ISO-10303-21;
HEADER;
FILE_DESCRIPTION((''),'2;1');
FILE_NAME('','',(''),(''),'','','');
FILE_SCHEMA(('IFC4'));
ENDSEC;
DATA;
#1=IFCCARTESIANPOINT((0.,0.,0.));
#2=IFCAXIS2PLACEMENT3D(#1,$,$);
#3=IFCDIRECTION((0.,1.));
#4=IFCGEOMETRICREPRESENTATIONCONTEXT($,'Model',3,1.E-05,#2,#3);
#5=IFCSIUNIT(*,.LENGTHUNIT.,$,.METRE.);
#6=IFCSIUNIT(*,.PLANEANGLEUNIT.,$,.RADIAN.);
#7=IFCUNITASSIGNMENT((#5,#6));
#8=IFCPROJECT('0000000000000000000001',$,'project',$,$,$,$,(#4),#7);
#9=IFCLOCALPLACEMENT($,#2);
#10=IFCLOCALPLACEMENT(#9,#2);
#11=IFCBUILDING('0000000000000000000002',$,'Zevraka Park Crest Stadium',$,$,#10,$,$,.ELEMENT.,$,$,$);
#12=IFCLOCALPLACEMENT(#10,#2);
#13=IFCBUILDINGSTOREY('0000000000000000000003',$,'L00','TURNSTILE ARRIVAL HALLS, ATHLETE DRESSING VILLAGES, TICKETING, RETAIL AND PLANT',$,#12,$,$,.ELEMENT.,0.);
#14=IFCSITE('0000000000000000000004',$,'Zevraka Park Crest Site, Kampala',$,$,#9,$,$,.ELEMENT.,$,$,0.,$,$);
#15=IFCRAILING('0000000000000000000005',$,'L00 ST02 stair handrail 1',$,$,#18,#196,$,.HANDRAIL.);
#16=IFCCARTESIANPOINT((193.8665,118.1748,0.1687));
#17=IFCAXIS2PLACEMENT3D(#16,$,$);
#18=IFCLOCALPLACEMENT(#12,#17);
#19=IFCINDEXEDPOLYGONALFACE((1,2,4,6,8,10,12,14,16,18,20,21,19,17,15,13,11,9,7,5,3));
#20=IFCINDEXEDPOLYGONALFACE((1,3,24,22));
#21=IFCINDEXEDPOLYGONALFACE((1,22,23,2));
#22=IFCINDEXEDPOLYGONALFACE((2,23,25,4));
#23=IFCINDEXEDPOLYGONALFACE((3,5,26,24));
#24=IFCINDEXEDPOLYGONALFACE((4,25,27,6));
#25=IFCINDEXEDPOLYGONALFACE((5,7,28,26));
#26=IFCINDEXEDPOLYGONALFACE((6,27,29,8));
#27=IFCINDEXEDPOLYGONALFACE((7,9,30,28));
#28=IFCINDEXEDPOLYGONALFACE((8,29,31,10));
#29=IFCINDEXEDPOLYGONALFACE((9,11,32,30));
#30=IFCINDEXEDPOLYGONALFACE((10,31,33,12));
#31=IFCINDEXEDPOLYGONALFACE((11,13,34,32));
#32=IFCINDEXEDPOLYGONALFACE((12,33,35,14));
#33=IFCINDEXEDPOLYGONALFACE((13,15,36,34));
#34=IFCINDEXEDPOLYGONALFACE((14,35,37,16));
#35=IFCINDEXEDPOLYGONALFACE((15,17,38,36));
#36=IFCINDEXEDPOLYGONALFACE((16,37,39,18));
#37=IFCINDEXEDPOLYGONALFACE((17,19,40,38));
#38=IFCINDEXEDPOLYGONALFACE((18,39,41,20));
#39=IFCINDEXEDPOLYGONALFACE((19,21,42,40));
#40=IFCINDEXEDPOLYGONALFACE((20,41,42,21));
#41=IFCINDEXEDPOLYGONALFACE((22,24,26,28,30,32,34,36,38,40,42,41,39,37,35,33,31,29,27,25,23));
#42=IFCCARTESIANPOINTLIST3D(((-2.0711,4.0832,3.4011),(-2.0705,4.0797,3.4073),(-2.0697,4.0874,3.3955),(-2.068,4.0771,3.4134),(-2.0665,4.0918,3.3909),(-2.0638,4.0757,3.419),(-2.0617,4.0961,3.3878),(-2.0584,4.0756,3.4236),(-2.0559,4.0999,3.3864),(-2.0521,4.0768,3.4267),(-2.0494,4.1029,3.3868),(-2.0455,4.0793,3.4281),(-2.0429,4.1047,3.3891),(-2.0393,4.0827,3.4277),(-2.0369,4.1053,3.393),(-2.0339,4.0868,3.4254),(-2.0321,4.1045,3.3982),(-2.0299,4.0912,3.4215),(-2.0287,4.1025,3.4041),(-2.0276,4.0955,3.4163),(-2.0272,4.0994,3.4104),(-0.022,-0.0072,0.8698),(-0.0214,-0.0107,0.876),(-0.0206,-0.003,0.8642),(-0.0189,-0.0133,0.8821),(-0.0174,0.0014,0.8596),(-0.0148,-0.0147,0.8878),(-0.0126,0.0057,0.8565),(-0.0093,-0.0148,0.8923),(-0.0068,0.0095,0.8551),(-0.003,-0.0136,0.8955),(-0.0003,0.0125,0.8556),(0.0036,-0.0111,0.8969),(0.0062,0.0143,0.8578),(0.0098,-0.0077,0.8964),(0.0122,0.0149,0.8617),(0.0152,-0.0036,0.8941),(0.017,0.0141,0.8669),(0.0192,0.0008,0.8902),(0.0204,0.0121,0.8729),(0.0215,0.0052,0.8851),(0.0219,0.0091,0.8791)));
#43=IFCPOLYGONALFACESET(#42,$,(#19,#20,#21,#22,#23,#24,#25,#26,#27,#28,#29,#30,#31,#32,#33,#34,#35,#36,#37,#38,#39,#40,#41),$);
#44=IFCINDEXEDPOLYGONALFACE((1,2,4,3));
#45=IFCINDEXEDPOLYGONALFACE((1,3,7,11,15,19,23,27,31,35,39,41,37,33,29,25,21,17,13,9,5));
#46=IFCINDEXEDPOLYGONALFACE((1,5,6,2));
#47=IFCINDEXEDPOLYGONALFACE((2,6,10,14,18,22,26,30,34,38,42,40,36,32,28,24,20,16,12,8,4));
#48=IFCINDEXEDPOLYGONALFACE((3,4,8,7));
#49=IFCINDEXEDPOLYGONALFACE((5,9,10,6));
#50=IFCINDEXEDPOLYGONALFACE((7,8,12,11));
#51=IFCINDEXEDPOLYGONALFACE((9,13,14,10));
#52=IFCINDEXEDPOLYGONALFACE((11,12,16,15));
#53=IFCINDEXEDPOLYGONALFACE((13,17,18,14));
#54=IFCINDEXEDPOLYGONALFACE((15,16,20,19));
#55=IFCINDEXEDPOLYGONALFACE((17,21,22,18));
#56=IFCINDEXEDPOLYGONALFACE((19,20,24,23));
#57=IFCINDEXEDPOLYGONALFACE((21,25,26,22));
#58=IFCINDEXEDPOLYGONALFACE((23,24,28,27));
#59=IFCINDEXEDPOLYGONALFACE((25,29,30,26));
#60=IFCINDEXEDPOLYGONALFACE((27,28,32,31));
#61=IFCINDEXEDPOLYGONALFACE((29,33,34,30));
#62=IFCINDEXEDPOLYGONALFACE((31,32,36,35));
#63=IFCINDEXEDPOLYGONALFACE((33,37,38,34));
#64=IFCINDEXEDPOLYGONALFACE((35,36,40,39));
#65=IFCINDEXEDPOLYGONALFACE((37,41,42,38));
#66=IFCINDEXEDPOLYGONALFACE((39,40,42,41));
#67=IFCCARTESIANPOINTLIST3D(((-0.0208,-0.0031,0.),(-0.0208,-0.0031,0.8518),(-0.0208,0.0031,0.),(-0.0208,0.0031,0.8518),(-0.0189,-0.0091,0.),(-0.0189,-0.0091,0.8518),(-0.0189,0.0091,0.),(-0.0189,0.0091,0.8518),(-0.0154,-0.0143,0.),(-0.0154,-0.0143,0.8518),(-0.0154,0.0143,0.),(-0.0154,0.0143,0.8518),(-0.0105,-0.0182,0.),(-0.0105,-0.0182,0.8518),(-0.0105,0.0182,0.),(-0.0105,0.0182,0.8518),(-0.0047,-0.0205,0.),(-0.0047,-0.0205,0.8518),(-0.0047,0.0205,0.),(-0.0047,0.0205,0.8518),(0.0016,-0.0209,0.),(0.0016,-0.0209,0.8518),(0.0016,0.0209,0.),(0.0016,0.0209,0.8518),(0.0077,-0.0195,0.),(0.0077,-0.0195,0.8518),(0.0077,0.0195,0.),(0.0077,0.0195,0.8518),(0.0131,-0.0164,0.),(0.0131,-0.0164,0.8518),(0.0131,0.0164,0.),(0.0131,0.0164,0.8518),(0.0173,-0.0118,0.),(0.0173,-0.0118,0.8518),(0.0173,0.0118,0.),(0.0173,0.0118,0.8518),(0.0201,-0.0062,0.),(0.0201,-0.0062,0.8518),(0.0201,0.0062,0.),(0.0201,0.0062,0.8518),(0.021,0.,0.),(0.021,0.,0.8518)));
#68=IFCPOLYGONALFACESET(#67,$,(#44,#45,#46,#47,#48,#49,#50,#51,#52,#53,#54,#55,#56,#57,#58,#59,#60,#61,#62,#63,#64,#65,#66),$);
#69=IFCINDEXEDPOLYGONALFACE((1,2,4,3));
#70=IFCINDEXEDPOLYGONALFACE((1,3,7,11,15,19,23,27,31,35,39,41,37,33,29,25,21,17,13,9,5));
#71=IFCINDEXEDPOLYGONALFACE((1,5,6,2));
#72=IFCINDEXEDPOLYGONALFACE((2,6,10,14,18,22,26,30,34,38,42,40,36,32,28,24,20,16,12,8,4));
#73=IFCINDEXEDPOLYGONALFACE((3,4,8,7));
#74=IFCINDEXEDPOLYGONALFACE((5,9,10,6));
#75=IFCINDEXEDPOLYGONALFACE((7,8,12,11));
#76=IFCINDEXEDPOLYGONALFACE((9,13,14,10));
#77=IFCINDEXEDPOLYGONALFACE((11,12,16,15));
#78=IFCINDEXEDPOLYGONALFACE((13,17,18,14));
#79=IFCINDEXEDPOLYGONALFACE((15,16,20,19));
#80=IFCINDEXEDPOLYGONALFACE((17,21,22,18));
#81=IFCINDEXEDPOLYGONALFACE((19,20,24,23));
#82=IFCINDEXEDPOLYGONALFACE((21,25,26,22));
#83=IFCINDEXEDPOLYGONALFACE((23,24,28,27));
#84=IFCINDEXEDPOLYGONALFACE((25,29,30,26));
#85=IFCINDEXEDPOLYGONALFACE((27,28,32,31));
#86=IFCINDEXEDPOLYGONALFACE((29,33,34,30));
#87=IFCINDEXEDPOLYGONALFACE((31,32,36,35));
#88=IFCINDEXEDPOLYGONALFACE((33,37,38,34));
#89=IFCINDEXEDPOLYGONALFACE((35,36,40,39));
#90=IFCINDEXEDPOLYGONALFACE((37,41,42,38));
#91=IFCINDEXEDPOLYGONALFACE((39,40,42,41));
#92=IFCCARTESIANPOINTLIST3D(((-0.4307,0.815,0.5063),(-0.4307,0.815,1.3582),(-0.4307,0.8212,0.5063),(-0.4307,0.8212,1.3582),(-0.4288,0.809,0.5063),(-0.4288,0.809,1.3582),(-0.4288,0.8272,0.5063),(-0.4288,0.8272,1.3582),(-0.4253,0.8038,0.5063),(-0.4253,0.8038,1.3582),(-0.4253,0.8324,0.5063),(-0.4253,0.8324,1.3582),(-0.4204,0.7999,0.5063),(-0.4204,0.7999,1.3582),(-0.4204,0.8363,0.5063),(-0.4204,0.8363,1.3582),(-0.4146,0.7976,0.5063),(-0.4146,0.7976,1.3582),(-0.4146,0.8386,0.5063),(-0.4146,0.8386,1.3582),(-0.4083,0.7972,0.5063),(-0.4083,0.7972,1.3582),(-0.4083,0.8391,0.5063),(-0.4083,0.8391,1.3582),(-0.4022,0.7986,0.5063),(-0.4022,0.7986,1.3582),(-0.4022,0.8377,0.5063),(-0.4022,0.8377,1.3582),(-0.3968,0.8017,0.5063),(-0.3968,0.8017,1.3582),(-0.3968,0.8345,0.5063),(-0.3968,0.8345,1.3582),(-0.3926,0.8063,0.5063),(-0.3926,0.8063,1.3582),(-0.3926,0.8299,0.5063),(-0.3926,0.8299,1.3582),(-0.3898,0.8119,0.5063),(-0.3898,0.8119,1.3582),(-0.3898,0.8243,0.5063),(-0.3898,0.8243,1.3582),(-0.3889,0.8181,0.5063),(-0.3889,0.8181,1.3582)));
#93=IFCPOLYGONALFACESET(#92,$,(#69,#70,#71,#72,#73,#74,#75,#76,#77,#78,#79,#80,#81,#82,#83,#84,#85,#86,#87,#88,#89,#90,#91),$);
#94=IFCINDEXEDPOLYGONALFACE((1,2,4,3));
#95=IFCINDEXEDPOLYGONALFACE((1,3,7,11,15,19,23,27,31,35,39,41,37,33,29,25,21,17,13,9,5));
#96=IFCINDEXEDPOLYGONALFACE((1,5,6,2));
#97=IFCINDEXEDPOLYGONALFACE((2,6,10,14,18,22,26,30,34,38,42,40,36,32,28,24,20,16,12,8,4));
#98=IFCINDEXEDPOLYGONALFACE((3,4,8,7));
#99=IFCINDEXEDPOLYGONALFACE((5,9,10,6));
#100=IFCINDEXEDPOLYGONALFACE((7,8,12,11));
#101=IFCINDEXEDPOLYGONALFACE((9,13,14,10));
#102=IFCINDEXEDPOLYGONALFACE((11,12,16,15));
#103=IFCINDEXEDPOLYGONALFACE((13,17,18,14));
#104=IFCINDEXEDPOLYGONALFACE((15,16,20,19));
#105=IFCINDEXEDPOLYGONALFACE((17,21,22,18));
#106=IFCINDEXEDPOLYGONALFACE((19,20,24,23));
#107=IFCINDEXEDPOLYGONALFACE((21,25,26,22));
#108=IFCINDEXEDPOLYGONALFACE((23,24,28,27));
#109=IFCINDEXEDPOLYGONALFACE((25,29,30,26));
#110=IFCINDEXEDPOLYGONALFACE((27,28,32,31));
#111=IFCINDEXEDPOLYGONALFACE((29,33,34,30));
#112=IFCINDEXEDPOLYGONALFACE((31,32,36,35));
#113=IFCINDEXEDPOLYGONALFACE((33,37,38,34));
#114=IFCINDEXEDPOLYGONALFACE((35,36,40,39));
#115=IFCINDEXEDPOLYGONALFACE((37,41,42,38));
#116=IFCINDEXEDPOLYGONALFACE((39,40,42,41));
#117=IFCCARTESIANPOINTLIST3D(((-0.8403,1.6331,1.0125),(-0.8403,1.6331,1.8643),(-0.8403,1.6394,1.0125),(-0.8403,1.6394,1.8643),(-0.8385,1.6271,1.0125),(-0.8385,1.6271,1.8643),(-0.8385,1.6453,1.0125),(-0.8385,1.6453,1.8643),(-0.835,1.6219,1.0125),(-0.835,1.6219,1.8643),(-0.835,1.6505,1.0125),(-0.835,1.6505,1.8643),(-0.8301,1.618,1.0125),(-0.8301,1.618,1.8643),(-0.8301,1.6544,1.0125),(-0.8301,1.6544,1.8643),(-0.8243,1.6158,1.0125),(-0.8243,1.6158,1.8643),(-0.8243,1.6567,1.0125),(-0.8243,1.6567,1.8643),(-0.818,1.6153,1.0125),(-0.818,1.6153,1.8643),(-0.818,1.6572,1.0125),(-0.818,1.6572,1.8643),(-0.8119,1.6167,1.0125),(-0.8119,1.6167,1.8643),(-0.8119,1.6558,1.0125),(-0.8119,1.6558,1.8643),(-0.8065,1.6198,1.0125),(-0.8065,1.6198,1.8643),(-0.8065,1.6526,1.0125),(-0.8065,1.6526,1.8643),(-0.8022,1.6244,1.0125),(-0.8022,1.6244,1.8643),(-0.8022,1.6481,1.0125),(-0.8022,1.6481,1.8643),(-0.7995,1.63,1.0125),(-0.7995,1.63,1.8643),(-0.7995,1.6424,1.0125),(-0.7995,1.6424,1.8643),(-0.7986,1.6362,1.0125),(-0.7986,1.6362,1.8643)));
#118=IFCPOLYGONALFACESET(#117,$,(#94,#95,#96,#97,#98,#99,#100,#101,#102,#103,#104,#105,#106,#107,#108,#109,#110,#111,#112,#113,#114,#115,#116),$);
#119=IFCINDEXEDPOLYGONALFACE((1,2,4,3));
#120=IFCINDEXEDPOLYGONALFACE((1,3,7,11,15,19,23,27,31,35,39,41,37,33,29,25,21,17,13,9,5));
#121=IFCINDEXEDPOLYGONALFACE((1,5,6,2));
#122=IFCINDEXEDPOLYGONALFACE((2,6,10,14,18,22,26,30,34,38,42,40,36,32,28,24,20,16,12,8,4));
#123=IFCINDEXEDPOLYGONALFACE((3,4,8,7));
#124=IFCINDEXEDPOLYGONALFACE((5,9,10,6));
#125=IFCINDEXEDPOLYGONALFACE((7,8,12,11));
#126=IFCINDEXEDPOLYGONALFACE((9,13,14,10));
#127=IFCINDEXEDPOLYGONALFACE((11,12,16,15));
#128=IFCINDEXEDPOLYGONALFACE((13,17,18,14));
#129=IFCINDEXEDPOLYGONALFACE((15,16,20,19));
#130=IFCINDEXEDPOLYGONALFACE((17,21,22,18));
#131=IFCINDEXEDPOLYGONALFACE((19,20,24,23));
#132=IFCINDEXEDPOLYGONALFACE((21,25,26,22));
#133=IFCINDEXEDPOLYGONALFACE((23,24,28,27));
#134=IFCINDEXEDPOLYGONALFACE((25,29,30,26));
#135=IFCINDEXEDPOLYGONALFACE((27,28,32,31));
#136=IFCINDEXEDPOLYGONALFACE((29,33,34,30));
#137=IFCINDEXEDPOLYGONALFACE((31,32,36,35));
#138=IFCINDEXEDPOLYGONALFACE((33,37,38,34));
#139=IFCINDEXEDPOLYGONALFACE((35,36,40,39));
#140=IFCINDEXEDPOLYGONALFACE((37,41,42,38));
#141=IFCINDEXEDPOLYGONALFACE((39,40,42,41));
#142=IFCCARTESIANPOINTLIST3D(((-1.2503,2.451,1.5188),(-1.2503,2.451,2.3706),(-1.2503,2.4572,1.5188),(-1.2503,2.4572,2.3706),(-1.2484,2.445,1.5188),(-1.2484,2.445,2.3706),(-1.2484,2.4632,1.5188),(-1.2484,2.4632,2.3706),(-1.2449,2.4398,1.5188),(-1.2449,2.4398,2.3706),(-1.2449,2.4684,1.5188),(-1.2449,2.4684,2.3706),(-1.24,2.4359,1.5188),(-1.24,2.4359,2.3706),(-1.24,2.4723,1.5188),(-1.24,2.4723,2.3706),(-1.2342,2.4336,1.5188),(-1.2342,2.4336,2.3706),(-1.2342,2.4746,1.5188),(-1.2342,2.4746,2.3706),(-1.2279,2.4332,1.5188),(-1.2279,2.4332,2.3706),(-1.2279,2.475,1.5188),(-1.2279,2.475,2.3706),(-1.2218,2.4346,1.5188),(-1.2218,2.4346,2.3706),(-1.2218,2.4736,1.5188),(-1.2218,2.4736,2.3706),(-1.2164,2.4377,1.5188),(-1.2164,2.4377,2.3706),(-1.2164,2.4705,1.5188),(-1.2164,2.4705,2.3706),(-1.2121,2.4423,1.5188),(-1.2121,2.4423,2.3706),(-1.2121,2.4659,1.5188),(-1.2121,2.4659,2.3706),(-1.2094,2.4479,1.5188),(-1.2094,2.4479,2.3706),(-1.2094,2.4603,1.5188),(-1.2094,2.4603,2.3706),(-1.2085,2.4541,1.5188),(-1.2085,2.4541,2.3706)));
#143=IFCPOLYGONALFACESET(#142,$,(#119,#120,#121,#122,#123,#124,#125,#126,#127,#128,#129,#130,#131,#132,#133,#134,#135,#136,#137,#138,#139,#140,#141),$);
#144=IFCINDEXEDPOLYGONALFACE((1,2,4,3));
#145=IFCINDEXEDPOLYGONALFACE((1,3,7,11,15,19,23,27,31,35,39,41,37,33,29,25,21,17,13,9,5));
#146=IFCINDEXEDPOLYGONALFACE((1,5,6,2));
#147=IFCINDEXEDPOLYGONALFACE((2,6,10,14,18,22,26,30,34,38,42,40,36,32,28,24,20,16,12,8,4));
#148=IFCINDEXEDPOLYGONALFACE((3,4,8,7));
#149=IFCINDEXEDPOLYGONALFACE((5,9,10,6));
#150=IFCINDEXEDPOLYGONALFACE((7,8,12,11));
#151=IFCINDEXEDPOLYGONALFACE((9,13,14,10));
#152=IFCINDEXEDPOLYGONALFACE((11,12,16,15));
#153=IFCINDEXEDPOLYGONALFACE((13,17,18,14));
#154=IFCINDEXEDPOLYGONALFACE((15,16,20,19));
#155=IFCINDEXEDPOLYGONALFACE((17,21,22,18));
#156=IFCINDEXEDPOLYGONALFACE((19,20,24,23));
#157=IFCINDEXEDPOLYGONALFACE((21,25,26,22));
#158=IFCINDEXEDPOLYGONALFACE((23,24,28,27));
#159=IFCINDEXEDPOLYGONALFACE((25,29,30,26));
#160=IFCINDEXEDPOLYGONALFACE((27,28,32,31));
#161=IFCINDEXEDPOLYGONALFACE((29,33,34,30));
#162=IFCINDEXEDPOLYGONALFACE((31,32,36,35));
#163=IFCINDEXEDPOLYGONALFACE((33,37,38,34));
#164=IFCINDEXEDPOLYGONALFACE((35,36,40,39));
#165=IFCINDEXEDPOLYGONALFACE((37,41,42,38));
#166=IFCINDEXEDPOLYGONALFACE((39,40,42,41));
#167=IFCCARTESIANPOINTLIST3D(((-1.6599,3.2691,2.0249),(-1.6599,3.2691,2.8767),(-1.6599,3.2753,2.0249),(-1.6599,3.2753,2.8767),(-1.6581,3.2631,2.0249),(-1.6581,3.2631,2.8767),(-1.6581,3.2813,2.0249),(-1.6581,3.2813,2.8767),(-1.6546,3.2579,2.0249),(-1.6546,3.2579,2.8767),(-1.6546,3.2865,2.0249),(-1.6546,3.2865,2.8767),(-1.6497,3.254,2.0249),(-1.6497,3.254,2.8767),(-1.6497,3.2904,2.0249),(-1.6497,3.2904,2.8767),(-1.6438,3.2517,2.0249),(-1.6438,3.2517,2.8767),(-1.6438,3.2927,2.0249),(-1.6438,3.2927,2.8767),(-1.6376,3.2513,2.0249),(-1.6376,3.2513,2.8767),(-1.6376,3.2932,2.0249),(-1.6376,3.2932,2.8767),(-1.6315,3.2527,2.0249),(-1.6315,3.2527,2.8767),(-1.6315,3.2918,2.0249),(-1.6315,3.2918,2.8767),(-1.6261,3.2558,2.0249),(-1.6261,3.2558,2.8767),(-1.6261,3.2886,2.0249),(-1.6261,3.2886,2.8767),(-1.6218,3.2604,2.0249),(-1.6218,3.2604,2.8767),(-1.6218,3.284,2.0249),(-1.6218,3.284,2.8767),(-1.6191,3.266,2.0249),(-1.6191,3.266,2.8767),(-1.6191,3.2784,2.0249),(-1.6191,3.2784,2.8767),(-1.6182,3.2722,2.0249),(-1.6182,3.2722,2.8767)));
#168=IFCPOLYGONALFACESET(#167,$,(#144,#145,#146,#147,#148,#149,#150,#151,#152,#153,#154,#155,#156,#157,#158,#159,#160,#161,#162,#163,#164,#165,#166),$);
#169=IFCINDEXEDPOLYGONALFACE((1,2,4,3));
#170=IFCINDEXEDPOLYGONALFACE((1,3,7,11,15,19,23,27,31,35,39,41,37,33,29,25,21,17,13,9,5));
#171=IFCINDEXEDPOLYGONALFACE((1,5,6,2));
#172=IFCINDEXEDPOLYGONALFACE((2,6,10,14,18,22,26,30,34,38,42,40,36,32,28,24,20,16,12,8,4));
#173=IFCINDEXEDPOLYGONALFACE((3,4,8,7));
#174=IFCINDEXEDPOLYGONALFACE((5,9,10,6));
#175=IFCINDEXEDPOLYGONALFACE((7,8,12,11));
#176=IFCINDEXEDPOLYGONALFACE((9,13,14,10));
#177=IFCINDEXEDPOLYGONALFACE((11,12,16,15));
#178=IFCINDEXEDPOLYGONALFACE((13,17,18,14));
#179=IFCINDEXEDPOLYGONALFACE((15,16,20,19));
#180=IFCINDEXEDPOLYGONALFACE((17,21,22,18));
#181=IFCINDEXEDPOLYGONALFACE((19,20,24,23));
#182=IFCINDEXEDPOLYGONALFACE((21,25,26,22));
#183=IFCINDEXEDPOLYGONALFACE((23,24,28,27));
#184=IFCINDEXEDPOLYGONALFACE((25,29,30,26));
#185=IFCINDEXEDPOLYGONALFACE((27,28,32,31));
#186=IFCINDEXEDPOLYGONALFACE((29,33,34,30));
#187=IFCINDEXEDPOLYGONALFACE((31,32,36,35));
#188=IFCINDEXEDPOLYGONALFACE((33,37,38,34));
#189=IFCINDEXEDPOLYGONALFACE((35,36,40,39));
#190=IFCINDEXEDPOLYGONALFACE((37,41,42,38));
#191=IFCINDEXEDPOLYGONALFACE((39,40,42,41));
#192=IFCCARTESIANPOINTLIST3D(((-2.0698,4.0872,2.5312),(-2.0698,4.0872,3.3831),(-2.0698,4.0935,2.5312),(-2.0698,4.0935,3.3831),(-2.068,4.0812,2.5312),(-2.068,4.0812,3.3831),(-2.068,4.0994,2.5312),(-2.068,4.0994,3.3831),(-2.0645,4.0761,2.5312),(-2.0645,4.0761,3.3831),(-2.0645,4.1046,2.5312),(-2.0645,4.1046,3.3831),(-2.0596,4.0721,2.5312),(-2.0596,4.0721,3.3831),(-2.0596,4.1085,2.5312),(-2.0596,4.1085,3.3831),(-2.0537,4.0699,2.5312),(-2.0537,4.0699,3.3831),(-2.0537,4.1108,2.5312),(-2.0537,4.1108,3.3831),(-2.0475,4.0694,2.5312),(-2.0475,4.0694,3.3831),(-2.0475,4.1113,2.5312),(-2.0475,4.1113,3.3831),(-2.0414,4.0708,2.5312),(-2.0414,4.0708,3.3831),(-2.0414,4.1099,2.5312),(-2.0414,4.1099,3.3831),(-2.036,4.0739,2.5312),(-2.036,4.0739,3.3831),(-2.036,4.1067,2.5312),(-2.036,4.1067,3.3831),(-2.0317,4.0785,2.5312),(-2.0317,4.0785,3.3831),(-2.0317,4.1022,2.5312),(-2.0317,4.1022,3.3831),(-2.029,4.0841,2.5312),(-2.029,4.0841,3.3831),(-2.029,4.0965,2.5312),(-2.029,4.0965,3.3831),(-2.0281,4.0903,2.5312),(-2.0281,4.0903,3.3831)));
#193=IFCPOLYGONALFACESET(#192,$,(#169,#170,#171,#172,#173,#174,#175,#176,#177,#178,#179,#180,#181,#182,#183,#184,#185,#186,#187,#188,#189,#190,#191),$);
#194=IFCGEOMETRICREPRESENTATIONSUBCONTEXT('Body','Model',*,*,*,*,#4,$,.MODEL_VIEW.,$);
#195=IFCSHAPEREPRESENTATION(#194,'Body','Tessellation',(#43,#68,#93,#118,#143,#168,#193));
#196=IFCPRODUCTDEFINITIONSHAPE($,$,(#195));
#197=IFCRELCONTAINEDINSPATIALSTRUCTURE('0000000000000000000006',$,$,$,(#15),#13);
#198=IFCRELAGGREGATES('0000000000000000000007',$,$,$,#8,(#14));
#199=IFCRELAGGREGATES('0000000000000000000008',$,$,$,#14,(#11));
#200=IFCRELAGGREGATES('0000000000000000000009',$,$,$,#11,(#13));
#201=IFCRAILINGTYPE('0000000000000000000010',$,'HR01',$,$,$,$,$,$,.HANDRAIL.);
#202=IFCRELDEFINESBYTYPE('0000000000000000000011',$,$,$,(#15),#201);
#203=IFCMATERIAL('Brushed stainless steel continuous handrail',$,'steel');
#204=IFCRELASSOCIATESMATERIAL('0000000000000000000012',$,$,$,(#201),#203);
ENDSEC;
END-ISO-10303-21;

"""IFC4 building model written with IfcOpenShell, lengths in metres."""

from ifc_helpers import new_model, si_unit, direction, frame, origin, origin_2d, place, context, subcontext, project, spatial, circle, extrude, material, type_object, element, save


model = new_model("IFC4")

# Units and contexts
model_context = context("Model", 3, precision=1e-05, world=origin(), true_north=direction((0.0, 1.0)))
body_context = subcontext(model_context, "Body", "Model", "MODEL_VIEW")
ifc_project = project(units=[si_unit("LENGTHUNIT", "METRE"), si_unit("PLANEANGLEUNIT", "RADIAN")], contexts=[model_context])

# Site, building, storey
site_placement = place(None, origin())
site = spatial("IfcSite", under=ifc_project, at=site_placement, Name="Zevraka Park Crest Site, Kampala", CompositionType="ELEMENT", RefElevation=0.0)
building_placement = place(site_placement, origin())
building = spatial("IfcBuilding", under=site, at=building_placement, Name="Zevraka Park Crest Stadium", CompositionType="ELEMENT")
storey_placement = place(building_placement, origin())
storey = spatial("IfcBuildingStorey", under=building, at=storey_placement, Name="L00", Description="TURNSTILE ARRIVAL HALLS, ATHLETE DRESSING VILLAGES, TICKETING, RETAIL AND PLANT", CompositionType="ELEMENT", Elevation=0.0)

# Railing
ifc_material_1 = material(Name="Brushed stainless steel continuous handrail", Category="steel")
railing_type_1 = type_object("IfcRailingType", Name="HR01", PredefinedType="HANDRAIL", material=ifc_material_1)
railing_1_placement = place(storey_placement, frame((193.8665, 118.1748, 0.1687)))
element("IfcRailing", 1, at=railing_1_placement, inside=storey, type_object=railing_type_1, Name="L00 ST02 stair handrail 1", PredefinedType="HANDRAIL", context=body_context, shape_type="SweptSolid", body=[
    extrude(circle(Radius=0.0239, at=origin_2d()), frame((0.0, 0.0, 0.876), z_axis=(-0.391908, 0.782321, 0.48413), x_axis=(-0.894085, -0.447897, 0.0)), (0.0, 0.0, 1.0), 5.2285),
    extrude(circle(Radius=0.021, at=origin_2d()), origin(), (0.0, 0.0, 1.0), 0.8518),
    extrude(circle(Radius=0.021, at=origin_2d()), frame((-0.4099, 0.8181, 0.5063)), (0.0, 0.0, 1.0), 0.8518),
    extrude(circle(Radius=0.021, at=origin_2d()), frame((-0.8196, 1.6362, 1.0125)), (0.0, 0.0, 1.0), 0.8518),
    extrude(circle(Radius=0.021, at=origin_2d()), frame((-1.2295, 2.4541, 1.5188)), (0.0, 0.0, 1.0), 0.8518),
    extrude(circle(Radius=0.021, at=origin_2d()), frame((-1.6392, 3.2722, 2.0249)), (0.0, 0.0, 1.0), 0.8518),
    extrude(circle(Radius=0.021, at=origin_2d()), frame((-2.0491, 4.0903, 2.5312)), (0.0, 0.0, 1.0), 0.8518),
])

save(model, "model.ifc")
